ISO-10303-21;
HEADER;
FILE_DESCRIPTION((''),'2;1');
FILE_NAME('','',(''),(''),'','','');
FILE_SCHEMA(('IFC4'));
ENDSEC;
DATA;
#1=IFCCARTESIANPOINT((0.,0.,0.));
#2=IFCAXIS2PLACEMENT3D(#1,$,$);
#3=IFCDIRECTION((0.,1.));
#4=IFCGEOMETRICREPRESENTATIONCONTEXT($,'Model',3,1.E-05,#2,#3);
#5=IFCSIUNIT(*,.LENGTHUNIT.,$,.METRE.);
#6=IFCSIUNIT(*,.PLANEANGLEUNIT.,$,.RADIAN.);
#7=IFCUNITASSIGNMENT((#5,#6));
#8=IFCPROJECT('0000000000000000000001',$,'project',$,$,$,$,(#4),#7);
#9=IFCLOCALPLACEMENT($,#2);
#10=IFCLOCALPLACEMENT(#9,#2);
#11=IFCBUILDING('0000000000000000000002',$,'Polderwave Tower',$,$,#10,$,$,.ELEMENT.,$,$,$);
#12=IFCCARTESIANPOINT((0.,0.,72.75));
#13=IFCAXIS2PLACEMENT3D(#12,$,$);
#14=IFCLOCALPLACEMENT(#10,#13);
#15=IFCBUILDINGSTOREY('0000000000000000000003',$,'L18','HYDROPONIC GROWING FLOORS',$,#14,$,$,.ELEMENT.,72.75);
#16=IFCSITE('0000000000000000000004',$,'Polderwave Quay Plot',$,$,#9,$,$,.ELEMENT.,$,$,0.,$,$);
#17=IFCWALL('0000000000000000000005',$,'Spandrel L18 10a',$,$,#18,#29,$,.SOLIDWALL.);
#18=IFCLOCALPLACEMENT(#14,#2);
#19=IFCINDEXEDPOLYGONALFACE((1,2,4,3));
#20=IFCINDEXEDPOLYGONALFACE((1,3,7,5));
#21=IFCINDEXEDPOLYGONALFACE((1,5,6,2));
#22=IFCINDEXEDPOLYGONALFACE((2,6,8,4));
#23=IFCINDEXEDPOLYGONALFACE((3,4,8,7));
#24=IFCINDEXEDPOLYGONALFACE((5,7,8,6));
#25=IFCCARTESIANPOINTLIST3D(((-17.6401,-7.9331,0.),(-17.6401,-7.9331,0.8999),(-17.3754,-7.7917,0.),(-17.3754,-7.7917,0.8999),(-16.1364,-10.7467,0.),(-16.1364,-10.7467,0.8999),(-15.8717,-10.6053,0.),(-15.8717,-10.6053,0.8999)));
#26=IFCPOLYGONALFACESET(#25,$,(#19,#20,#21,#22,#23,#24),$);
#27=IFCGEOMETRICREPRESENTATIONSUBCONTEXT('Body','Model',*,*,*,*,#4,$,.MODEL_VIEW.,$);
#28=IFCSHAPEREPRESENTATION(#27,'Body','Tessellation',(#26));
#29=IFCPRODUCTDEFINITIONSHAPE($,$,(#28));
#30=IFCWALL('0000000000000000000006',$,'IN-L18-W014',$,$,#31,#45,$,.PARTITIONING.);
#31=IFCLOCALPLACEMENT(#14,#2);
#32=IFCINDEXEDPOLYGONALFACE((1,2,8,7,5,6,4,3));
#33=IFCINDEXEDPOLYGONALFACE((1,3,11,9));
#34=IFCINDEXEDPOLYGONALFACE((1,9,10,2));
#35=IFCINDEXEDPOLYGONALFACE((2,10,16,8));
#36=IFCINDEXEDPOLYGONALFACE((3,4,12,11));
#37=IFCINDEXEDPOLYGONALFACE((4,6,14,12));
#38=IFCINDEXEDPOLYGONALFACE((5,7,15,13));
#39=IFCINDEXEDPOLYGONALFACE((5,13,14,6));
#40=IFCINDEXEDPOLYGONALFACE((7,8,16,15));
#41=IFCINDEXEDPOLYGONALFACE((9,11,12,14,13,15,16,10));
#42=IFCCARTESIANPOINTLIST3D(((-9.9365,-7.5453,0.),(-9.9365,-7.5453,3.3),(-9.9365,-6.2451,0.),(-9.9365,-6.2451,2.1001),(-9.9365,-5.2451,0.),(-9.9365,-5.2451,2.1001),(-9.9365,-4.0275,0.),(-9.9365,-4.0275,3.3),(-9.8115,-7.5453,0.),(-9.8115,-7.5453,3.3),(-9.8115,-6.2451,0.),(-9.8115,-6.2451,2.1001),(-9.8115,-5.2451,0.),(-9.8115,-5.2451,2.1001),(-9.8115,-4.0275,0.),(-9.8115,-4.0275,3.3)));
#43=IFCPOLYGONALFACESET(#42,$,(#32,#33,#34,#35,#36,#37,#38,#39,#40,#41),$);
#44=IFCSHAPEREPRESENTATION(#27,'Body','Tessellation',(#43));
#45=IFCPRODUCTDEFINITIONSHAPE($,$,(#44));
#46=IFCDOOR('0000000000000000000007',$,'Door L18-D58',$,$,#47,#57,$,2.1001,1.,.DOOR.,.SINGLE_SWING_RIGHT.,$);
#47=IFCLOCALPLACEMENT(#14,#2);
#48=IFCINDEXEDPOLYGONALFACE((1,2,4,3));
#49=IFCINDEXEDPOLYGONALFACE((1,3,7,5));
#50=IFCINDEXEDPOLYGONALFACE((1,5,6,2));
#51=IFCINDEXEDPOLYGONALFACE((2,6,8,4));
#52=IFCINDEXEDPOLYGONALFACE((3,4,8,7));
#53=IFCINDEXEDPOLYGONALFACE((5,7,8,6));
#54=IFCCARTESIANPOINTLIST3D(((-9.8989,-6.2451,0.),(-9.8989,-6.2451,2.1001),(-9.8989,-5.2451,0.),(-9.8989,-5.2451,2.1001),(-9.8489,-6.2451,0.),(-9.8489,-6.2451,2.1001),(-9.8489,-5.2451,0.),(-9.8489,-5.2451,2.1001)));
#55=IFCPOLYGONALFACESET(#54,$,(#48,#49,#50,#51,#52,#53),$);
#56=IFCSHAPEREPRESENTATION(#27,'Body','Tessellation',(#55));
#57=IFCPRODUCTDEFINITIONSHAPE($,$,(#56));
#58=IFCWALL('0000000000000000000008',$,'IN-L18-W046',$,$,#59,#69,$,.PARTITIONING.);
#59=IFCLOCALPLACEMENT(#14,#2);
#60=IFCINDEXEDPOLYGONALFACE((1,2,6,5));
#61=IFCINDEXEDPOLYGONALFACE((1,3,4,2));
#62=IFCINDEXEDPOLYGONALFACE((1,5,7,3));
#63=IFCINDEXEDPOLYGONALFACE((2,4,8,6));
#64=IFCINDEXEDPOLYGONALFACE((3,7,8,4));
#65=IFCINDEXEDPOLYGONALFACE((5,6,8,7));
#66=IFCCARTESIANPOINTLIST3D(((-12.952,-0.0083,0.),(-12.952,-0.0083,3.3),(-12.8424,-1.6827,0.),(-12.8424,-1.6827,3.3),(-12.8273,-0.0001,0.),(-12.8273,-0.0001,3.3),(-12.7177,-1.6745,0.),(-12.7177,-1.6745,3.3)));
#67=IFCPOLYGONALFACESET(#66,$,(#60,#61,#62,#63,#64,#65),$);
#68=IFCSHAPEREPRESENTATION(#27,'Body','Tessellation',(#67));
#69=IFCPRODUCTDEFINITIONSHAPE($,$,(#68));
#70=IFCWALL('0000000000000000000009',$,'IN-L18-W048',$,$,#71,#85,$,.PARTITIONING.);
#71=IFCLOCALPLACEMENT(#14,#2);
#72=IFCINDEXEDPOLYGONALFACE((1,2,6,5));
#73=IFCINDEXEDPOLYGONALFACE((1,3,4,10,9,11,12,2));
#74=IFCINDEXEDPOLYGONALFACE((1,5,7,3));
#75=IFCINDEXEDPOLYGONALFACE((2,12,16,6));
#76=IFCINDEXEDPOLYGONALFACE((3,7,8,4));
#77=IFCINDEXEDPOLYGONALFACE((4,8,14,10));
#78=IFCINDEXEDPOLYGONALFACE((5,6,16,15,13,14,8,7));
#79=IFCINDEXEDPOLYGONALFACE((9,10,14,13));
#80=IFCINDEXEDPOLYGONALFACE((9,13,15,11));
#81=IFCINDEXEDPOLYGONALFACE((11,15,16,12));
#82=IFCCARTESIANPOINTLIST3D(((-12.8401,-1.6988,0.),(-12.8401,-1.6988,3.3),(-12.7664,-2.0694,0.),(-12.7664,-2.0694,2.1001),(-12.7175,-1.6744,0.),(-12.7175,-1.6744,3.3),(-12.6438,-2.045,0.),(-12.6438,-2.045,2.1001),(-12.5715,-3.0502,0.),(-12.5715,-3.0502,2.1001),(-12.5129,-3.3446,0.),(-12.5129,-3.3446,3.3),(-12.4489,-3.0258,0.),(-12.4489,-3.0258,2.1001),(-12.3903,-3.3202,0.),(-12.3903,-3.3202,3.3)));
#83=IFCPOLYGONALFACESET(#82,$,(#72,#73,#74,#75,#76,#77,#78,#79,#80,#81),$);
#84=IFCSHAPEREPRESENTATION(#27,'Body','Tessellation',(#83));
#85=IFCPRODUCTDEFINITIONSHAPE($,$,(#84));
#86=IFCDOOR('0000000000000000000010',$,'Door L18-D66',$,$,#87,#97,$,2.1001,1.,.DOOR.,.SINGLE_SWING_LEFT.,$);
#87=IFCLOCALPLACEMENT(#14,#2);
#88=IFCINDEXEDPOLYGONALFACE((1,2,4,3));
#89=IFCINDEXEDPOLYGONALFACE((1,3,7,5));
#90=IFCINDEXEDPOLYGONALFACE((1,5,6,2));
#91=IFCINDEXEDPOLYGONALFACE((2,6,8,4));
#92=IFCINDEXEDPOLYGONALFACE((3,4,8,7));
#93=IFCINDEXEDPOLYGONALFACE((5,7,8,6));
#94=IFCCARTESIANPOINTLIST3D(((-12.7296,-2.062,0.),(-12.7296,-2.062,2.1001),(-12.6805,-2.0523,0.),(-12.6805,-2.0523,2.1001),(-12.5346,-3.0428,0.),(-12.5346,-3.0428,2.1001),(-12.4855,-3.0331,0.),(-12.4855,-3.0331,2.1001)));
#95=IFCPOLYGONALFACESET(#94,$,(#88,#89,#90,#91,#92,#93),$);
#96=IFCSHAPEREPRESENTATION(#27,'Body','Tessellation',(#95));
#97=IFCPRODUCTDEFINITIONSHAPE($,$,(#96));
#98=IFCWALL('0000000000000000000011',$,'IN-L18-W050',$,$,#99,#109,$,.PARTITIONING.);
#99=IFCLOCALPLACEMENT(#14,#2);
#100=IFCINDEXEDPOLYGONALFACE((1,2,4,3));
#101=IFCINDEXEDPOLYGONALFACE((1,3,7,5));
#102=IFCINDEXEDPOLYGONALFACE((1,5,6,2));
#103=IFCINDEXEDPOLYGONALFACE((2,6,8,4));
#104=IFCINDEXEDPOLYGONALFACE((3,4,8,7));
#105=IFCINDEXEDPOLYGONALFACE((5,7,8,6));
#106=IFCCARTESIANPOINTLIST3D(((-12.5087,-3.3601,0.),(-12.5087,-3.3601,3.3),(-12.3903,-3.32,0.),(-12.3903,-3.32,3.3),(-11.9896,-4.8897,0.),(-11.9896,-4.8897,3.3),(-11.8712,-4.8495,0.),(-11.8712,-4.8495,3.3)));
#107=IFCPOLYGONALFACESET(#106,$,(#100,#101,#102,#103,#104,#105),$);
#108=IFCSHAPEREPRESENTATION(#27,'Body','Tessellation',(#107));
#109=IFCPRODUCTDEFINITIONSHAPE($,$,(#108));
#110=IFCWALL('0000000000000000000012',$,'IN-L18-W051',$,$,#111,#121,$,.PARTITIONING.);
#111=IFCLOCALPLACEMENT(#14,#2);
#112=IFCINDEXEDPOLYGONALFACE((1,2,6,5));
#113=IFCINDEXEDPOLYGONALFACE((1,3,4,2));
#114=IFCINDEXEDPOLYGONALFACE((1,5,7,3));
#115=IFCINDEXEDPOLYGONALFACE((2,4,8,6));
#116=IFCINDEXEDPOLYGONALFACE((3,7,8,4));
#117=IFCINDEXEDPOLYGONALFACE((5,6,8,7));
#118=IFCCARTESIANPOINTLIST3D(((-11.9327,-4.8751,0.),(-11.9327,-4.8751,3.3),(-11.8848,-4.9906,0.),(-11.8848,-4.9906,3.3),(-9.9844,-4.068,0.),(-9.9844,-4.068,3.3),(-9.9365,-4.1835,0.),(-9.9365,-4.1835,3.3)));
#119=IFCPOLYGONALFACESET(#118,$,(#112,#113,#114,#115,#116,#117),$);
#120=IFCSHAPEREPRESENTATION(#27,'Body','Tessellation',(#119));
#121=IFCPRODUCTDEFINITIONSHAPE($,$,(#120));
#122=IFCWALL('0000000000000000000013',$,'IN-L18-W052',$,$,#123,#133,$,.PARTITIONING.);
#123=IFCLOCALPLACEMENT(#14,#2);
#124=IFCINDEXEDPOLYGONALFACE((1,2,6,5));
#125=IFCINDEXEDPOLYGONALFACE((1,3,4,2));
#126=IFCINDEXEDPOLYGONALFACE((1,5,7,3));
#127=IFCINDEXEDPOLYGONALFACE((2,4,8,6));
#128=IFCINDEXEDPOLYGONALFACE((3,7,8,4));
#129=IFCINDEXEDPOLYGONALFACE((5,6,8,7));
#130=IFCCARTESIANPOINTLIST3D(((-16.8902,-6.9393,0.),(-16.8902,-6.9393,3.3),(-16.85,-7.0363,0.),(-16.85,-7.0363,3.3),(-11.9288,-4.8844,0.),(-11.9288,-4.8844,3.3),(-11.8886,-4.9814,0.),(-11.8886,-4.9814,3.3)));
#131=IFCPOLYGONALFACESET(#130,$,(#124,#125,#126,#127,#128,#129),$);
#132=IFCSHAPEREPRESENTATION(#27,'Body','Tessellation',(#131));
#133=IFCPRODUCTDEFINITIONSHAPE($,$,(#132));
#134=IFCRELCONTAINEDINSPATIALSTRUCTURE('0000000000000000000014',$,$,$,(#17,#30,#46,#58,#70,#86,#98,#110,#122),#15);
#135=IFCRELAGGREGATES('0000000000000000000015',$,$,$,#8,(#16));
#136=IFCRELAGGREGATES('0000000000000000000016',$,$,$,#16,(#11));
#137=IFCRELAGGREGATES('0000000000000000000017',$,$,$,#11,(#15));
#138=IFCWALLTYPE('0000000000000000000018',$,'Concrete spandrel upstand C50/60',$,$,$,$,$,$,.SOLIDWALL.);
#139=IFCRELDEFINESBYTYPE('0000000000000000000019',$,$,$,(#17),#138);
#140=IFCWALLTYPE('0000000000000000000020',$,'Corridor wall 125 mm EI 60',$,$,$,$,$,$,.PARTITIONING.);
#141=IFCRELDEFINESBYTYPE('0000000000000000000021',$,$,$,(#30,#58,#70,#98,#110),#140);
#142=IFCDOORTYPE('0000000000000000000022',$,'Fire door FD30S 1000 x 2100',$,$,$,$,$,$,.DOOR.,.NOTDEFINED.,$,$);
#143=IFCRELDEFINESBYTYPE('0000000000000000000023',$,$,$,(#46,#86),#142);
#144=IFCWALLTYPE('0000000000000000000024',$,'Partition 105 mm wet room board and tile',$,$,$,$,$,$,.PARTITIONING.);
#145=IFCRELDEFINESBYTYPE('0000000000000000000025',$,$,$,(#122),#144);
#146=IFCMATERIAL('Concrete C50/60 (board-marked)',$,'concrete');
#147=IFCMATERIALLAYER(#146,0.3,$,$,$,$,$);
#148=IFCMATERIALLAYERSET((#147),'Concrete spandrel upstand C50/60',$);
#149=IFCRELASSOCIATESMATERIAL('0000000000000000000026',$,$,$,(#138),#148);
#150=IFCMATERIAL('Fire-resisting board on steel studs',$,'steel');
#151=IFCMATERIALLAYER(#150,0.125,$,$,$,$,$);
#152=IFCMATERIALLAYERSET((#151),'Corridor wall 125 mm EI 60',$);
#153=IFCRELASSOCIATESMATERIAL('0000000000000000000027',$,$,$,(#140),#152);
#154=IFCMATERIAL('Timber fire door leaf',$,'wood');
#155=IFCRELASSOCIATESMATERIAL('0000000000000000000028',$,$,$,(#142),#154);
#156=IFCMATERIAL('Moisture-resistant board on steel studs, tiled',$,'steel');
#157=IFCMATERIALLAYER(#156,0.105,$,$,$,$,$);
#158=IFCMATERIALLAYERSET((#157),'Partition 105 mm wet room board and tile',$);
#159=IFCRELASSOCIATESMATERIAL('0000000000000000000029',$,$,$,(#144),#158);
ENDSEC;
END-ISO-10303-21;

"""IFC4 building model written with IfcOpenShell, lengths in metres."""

from ifc_helpers import new_model, si_unit, direction, frame, frame_2d, origin, place, context, subcontext, project, spatial, rectangle, extrude, material, layer, layer_set, type_object, element, fill, save


model = new_model("IFC4")

# Units and contexts
model_context = context("Model", 3, precision=1e-05, world=origin(), true_north=direction((0.0, 1.0)))
body_context = subcontext(model_context, "Body", "Model", "MODEL_VIEW")
ifc_project = project(units=[si_unit("LENGTHUNIT", "METRE"), si_unit("PLANEANGLEUNIT", "RADIAN")], contexts=[model_context])

# Site, building, storey
site_placement = place(None, origin())
site = spatial("IfcSite", under=ifc_project, at=site_placement, Name="Polderwave Quay Plot", CompositionType="ELEMENT", RefElevation=0.0)
building_placement = place(site_placement, origin())
building = spatial("IfcBuilding", under=site, at=building_placement, Name="Polderwave Tower", CompositionType="ELEMENT")
storey_placement = place(building_placement, frame((0.0, 0.0, 72.75)))
storey = spatial("IfcBuildingStorey", under=building, at=storey_placement, Name="L18", Description="HYDROPONIC GROWING FLOORS", CompositionType="ELEMENT", Elevation=72.75)

# Wall
ifc_material_1 = material(Name="Concrete C50/60 (board-marked)", Category="concrete")
ifc_layer_1 = layer(ifc_material_1, 0.3)
ifc_layer_set_1 = layer_set([ifc_layer_1], Name="Concrete spandrel upstand C50/60")
wall_type_1 = type_object("IfcWallType", Name="Concrete spandrel upstand C50/60", PredefinedType="SOLIDWALL", material=ifc_layer_set_1)
wall_1_placement = place(storey_placement, frame((-17.5078, -7.8623, 0.0), z_axis=(0.0, 0.0, 1.0), x_axis=(0.471355, -0.881944, 0.0)))
element("IfcWall", 1, at=wall_1_placement, inside=storey, type_object=wall_type_1, Name="Spandrel L18 10a", PredefinedType="SOLIDWALL", context=body_context, shape_type="SweptSolid", body=[
    extrude(rectangle(XDim=3.1902, YDim=0.3, at=frame_2d((1.5952, 0.0))), origin(), (0.0, 0.0, 1.0), 0.8999),
])

# Wall, opening, door
ifc_material_2 = material(Name="Fire-resisting board on steel studs", Category="steel")
ifc_layer_2 = layer(ifc_material_2, 0.125)
ifc_layer_set_2 = layer_set([ifc_layer_2], Name="Corridor wall 125 mm EI 60")
wall_type_2 = type_object("IfcWallType", Name="Corridor wall 125 mm EI 60", PredefinedType="PARTITIONING", material=ifc_layer_set_2)
wall_2_placement = place(storey_placement, frame((-9.874, -7.5452, 0.0), z_axis=(0.0, 0.0, 1.0), x_axis=(0.0, 1.0, 0.0)))
wall_2 = element("IfcWall", 2, at=wall_2_placement, inside=storey, type_object=wall_type_2, Name="IN-L18-W014", PredefinedType="PARTITIONING", context=body_context, shape_type="SweptSolid", body=[
    extrude(rectangle(XDim=3.5178, YDim=0.125, at=frame_2d((1.7588, 0.0))), origin(), (0.0, 0.0, 1.0), 3.3),
])
opening_1_placement = place(wall_2_placement, frame((1.3, 0.0, 0.0)))
opening_1 = element("IfcOpeningElement", 3, at=opening_1_placement, cuts=wall_2, PredefinedType="OPENING", context=body_context, shape_type="SweptSolid", body=[
    extrude(rectangle(XDim=1.0, YDim=2.1001, at=frame_2d((0.5, 1.05))), frame((0.0, 0.0725, 0.0), z_axis=(0.0, -1.0, 0.0), x_axis=(1.0, 0.0, 0.0)), (0.0, 0.0, 1.0), 0.145),
])
ifc_material_3 = material(Name="Timber fire door leaf", Category="wood")
door_type = type_object("IfcDoorType", Name="Fire door FD30S 1000 x 2100", OperationType="NOTDEFINED", PredefinedType="DOOR", material=ifc_material_3)
door_1_placement = place(opening_1_placement, origin())
door_1 = element("IfcDoor", 4, at=door_1_placement, inside=storey, type_object=door_type, Name="Door L18-D58", OperationType="SINGLE_SWING_RIGHT", OverallHeight=2.1001, OverallWidth=1.0, PredefinedType="DOOR", context=body_context, shape_type="SweptSolid", body=[
    extrude(rectangle(XDim=1.0, YDim=2.1001, at=frame_2d((0.5, 1.05))), frame((0.0, 0.0249, 0.0), z_axis=(0.0, -1.0, 0.0), x_axis=(1.0, 0.0, 0.0)), (0.0, 0.0, 1.0), 0.05),
])
fill(opening_1, door_1)

# Wall
wall_3_placement = place(storey_placement, frame((-12.78, -1.6785, 0.0), z_axis=(0.0, 0.0, 1.0), x_axis=(-0.065331, 0.997864, 0.0)))
element("IfcWall", 5, at=wall_3_placement, inside=storey, type_object=wall_type_2, Name="IN-L18-W046", PredefinedType="PARTITIONING", context=body_context, shape_type="SweptSolid", body=[
    extrude(rectangle(XDim=1.678, YDim=0.125, at=frame_2d((0.8389, 0.0))), origin(), (0.0, 0.0, 1.0), 3.3),
])

# Wall, opening, door
wall_4_placement = place(storey_placement, frame((-12.4517, -3.3323, 0.0), z_axis=(0.0, 0.0, 1.0), x_axis=(-0.194969, 0.980809, 0.0)))
wall_4 = element("IfcWall", 6, at=wall_4_placement, inside=storey, type_object=wall_type_2, Name="IN-L18-W048", PredefinedType="PARTITIONING", context=body_context, shape_type="SweptSolid", body=[
    extrude(rectangle(XDim=1.678, YDim=0.125, at=frame_2d((0.8389, 0.0))), origin(), (0.0, 0.0, 1.0), 3.3),
])
opening_2_placement = place(wall_4_placement, frame((0.3, 0.0, 0.0)))
opening_2 = element("IfcOpeningElement", 7, at=opening_2_placement, cuts=wall_4, PredefinedType="OPENING", context=body_context, shape_type="SweptSolid", body=[
    extrude(rectangle(XDim=1.0, YDim=2.1001, at=frame_2d((0.5, 1.05))), frame((0.0, 0.0725, 0.0), z_axis=(0.0, -1.0, 0.0), x_axis=(1.0, 0.0, 0.0)), (0.0, 0.0, 1.0), 0.145),
])
door_2_placement = place(opening_2_placement, origin())
door_2 = element("IfcDoor", 8, at=door_2_placement, inside=storey, type_object=door_type, Name="Door L18-D66", OperationType="SINGLE_SWING_LEFT", OverallHeight=2.1001, OverallWidth=1.0, PredefinedType="DOOR", context=body_context, shape_type="SweptSolid", body=[
    extrude(rectangle(XDim=1.0, YDim=2.1001, at=frame_2d((0.5, 1.05))), frame((0.0, 0.0249, 0.0), z_axis=(0.0, -1.0, 0.0), x_axis=(1.0, 0.0, 0.0)), (0.0, 0.0, 1.0), 0.05),
])
fill(opening_2, door_2)

# Walls
wall_5_placement = place(storey_placement, frame((-11.9304, -4.8696, 0.0), z_axis=(0.0, 0.0, 1.0), x_axis=(-0.321347, 0.946961, 0.0)))
element("IfcWall", 9, at=wall_5_placement, inside=storey, type_object=wall_type_2, Name="IN-L18-W050", PredefinedType="PARTITIONING", context=body_context, shape_type="SweptSolid", body=[
    extrude(rectangle(XDim=1.6152, YDim=0.125, at=frame_2d((0.8076, 0.0))), origin(), (0.0, 0.0, 1.0), 3.3),
])
wall_6_placement = place(storey_placement, frame((-9.9604, -4.1257, 0.0), z_axis=(0.0, 0.0, 1.0), x_axis=(-0.923856, -0.38274, 0.0)))
element("IfcWall", 10, at=wall_6_placement, inside=storey, type_object=wall_type_2, Name="IN-L18-W051", PredefinedType="PARTITIONING", context=body_context, shape_type="SweptSolid", body=[
    extrude(rectangle(XDim=2.1089, YDim=0.125, at=frame_2d((1.0544, 0.0))), origin(), (0.0, 0.0, 1.0), 3.3),
])
ifc_material_4 = material(Name="Moisture-resistant board on steel studs, tiled", Category="steel")
ifc_layer_3 = layer(ifc_material_4, 0.105)
ifc_layer_set_3 = layer_set([ifc_layer_3], Name="Partition 105 mm wet room board and tile")
wall_type_3 = type_object("IfcWallType", Name="Partition 105 mm wet room board and tile", PredefinedType="PARTITIONING", material=ifc_layer_set_3)
wall_7_placement = place(storey_placement, frame((-11.9087, -4.9329, 0.0), z_axis=(0.0, 0.0, 1.0), x_axis=(-0.92389, -0.382658, 0.0)))
element("IfcWall", 11, at=wall_7_placement, inside=storey, type_object=wall_type_3, Name="IN-L18-W052", PredefinedType="PARTITIONING", context=body_context, shape_type="SweptSolid", body=[
    extrude(rectangle(XDim=5.3701, YDim=0.105, at=frame_2d((2.6851, 0.0))), origin(), (0.0, 0.0, 1.0), 3.3),
])

save(model, "model.ifc")
